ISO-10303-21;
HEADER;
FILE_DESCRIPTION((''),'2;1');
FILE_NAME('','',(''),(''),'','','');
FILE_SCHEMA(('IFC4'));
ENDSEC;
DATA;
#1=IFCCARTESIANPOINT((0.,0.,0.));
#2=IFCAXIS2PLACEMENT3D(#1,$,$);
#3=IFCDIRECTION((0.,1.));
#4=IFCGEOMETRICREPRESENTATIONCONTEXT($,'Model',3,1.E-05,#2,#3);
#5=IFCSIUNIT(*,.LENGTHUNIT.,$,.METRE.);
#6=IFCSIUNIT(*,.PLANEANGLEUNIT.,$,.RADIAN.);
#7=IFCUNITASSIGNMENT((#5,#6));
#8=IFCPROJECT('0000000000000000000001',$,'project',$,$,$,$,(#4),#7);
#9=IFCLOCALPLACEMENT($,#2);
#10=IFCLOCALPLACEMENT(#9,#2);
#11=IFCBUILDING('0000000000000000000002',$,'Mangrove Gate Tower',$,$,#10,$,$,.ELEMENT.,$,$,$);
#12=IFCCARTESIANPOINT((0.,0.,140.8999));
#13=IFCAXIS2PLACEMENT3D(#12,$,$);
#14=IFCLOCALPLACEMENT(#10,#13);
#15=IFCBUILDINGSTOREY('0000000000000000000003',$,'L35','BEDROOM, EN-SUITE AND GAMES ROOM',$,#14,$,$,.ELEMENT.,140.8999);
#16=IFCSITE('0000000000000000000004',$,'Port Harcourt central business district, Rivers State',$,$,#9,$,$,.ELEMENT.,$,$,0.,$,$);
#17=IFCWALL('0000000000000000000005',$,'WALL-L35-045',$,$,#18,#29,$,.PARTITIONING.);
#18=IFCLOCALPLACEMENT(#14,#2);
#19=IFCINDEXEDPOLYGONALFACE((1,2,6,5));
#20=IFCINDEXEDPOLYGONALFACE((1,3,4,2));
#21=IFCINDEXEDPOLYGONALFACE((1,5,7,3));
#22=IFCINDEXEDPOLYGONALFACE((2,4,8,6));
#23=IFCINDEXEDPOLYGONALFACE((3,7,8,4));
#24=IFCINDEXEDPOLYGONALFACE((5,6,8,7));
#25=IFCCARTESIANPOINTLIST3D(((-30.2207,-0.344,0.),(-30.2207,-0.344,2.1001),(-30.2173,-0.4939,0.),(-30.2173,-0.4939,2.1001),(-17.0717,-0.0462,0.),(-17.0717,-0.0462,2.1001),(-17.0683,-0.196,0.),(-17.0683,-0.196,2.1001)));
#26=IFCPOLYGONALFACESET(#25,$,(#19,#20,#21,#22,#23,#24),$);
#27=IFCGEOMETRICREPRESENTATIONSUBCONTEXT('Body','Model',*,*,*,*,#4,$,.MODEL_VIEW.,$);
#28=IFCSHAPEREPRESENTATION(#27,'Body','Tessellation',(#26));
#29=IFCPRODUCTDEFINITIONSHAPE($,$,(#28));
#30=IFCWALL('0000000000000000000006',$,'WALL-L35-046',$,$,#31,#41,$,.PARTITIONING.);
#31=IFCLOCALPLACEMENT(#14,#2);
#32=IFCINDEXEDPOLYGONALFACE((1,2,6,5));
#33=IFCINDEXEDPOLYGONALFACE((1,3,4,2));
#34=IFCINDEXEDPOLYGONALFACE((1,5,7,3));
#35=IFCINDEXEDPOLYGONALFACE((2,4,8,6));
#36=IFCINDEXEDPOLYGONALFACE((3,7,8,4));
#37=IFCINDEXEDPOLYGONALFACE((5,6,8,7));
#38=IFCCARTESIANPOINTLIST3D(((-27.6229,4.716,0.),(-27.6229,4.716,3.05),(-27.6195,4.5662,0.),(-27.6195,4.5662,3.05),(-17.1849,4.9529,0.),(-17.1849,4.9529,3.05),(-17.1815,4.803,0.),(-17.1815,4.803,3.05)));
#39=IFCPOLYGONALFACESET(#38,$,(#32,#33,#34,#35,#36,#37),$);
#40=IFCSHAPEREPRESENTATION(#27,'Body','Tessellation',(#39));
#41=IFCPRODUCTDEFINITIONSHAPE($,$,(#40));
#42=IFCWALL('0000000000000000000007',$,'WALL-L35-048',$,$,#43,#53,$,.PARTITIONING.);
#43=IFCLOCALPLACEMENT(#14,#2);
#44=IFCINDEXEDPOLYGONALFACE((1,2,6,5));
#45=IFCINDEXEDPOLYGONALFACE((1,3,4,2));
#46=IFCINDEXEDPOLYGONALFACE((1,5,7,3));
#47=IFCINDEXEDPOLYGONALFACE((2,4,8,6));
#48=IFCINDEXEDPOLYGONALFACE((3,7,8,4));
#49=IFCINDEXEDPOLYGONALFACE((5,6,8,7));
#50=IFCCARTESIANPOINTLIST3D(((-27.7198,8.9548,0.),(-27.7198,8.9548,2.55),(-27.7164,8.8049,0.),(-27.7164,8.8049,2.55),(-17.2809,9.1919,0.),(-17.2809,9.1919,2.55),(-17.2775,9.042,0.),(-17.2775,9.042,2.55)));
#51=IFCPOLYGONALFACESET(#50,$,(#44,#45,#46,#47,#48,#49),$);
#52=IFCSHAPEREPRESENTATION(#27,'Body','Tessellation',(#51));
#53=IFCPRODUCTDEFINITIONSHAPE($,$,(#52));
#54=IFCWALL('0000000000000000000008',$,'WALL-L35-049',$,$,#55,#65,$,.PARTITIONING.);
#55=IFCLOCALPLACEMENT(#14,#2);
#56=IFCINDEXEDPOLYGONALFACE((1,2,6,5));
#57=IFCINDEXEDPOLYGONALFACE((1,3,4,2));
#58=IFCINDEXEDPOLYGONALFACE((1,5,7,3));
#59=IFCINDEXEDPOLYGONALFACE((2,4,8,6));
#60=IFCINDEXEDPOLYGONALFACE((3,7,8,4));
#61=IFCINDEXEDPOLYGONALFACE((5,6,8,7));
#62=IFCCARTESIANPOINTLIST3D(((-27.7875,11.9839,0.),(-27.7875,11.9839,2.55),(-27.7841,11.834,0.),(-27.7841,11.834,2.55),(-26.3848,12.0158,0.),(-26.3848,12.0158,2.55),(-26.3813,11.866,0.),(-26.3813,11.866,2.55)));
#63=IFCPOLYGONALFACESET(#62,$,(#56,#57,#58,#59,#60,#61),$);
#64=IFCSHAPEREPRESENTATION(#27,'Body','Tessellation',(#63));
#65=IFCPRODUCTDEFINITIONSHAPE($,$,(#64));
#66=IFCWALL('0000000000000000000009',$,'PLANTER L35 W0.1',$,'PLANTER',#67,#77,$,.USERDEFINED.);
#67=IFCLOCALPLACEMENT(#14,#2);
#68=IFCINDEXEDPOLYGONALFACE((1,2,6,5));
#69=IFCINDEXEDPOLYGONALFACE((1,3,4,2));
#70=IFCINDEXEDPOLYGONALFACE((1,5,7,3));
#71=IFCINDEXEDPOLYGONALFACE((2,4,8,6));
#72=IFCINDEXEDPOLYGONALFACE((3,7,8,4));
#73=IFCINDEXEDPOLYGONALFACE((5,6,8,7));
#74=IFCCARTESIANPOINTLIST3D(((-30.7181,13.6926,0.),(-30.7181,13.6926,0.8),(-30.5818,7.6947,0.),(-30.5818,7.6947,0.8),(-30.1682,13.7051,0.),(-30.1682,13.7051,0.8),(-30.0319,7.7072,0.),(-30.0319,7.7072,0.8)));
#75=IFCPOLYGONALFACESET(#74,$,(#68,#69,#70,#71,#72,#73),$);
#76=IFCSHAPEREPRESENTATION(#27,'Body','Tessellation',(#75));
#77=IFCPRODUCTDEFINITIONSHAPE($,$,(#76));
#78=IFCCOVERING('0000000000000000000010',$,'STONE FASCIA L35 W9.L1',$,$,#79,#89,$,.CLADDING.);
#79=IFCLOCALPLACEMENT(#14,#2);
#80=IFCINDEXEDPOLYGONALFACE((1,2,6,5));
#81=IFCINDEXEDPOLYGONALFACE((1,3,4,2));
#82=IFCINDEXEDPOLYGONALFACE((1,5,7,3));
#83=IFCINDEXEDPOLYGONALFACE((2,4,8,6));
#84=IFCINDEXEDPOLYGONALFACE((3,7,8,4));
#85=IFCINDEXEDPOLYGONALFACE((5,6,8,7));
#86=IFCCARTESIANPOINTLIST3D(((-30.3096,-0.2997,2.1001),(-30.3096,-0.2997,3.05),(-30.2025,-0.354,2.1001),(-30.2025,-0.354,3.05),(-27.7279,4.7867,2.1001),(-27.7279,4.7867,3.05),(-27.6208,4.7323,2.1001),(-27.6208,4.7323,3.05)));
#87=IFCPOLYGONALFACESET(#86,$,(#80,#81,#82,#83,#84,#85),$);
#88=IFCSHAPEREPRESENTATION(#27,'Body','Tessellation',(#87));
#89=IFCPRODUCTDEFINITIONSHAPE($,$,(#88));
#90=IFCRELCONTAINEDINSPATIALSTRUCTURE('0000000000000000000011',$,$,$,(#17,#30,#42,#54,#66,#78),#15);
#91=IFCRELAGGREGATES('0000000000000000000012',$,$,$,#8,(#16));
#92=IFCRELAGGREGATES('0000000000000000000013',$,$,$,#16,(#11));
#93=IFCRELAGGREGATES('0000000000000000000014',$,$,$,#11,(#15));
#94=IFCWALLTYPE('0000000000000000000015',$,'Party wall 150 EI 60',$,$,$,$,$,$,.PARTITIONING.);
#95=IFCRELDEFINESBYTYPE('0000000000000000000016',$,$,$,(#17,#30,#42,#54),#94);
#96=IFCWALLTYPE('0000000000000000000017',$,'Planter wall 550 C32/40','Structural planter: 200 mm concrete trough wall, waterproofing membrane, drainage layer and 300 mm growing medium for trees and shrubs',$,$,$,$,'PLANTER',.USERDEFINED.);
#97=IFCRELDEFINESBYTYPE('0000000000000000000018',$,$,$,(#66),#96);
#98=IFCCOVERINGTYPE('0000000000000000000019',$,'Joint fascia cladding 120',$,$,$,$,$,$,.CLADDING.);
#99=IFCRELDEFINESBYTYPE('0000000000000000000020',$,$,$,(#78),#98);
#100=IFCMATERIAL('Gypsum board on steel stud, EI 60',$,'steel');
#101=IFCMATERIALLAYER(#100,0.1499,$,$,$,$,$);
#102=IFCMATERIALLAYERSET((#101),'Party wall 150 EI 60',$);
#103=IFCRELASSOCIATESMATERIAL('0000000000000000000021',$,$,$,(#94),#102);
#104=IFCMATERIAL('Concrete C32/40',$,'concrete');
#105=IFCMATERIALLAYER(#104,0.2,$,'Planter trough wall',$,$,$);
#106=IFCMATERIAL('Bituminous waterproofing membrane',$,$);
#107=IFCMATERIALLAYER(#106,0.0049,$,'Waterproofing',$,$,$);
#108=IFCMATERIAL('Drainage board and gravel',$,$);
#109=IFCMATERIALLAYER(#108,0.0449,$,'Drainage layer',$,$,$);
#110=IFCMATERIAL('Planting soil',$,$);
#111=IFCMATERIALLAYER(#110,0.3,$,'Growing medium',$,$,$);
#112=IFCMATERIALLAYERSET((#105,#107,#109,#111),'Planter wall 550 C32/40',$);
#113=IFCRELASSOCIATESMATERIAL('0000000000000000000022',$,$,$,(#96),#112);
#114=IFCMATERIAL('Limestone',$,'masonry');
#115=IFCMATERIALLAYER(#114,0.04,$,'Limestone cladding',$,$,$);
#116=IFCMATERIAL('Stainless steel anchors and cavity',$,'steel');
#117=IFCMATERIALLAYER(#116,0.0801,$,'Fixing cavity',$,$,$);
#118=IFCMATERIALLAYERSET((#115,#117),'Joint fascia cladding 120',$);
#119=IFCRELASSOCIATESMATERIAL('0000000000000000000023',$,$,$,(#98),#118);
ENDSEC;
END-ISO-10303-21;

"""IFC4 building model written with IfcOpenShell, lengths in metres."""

from ifc_helpers import new_model, si_unit, direction, frame, frame_2d, origin, place, context, subcontext, project, spatial, rectangle, extrude, material, layer, layer_set, type_object, element, save


model = new_model("IFC4")

# Units and contexts
model_context = context("Model", 3, precision=1e-05, world=origin(), true_north=direction((0.0, 1.0)))
body_context = subcontext(model_context, "Body", "Model", "MODEL_VIEW")
ifc_project = project(units=[si_unit("LENGTHUNIT", "METRE"), si_unit("PLANEANGLEUNIT", "RADIAN")], contexts=[model_context])

# Site, building, storey
site_placement = place(None, origin())
site = spatial("IfcSite", under=ifc_project, at=site_placement, Name="Port Harcourt central business district, Rivers State", CompositionType="ELEMENT", RefElevation=0.0)
building_placement = place(site_placement, origin())
building = spatial("IfcBuilding", under=site, at=building_placement, Name="Mangrove Gate Tower", CompositionType="ELEMENT")
storey_placement = place(building_placement, frame((0.0, 0.0, 140.8999)))
storey = spatial("IfcBuildingStorey", under=building, at=storey_placement, Name="L35", Description="BEDROOM, EN-SUITE AND GAMES ROOM", CompositionType="ELEMENT", Elevation=140.8999)

# Shared definitions
ifc_material_1 = material(Name="Limestone", Category="masonry")

# Walls
ifc_material_2 = material(Name="Gypsum board on steel stud, EI 60", Category="steel")
ifc_layer_1 = layer(ifc_material_2, 0.1499)
ifc_layer_set_1 = layer_set([ifc_layer_1], Name="Party wall 150 EI 60")
wall_type_1 = type_object("IfcWallType", Name="Party wall 150 EI 60", PredefinedType="PARTITIONING", material=ifc_layer_set_1)
wall_1_placement = place(storey_placement, frame((-30.219, -0.4189, 0.0), z_axis=(0.0, 0.0, 1.0), x_axis=(0.999744, 0.022646, 0.0)))
element("IfcWall", 1, at=wall_1_placement, inside=storey, type_object=wall_type_1, Name="WALL-L35-045", PredefinedType="PARTITIONING", context=body_context, shape_type="SweptSolid", body=[
    extrude(rectangle(XDim=13.1523, YDim=0.1499, at=frame_2d((6.5762, 0.0))), origin(), (0.0, 0.0, 1.0), 2.1001),
])
wall_2_placement = place(storey_placement, frame((-27.6211, 4.6411, 0.0), z_axis=(0.0, 0.0, 1.0), x_axis=(0.999743, 0.022682, 0.0)))
element("IfcWall", 2, at=wall_2_placement, inside=storey, type_object=wall_type_1, Name="WALL-L35-046", PredefinedType="PARTITIONING", context=body_context, shape_type="SweptSolid", body=[
    extrude(rectangle(XDim=10.4407, YDim=0.1499, at=frame_2d((5.2202, 0.0))), origin(), (0.0, 0.0, 1.0), 3.05),
])
wall_3_placement = place(storey_placement, frame((-27.718, 8.8799, 0.0), z_axis=(0.0, 0.0, 1.0), x_axis=(0.999742, 0.022703, 0.0)))
element("IfcWall", 3, at=wall_3_placement, inside=storey, type_object=wall_type_1, Name="WALL-L35-048", PredefinedType="PARTITIONING", context=body_context, shape_type="SweptSolid", body=[
    extrude(rectangle(XDim=10.4417, YDim=0.1499, at=frame_2d((5.2207, 0.0))), origin(), (0.0, 0.0, 1.0), 2.55),
])
wall_4_placement = place(storey_placement, frame((-27.7859, 11.9089, 0.0), z_axis=(0.0, 0.0, 1.0), x_axis=(0.99974, 0.022793, 0.0)))
element("IfcWall", 4, at=wall_4_placement, inside=storey, type_object=wall_type_1, Name="WALL-L35-049", PredefinedType="PARTITIONING", context=body_context, shape_type="SweptSolid", body=[
    extrude(rectangle(XDim=1.4031, YDim=0.1499, at=frame_2d((0.7017, 0.0))), origin(), (0.0, 0.0, 1.0), 2.55),
])
ifc_material_3 = material(Name="Concrete C32/40", Category="concrete")
ifc_layer_2 = layer(ifc_material_3, 0.2, Name="Planter trough wall")
ifc_material_4 = material(Name="Bituminous waterproofing membrane")
ifc_layer_3 = layer(ifc_material_4, 0.0049, Name="Waterproofing")
ifc_material_5 = material(Name="Drainage board and gravel")
ifc_layer_4 = layer(ifc_material_5, 0.0449, Name="Drainage layer")
ifc_material_6 = material(Name="Planting soil")
ifc_layer_5 = layer(ifc_material_6, 0.3, Name="Growing medium")
ifc_layer_set_2 = layer_set([ifc_layer_2, ifc_layer_3, ifc_layer_4, ifc_layer_5], Name="Planter wall 550 C32/40")
wall_type_2 = type_object("IfcWallType", Name="Planter wall 550 C32/40", Description="Structural planter: 200 mm concrete trough wall, waterproofing membrane, drainage layer and 300 mm growing medium for trees and shrubs", ElementType="PLANTER", PredefinedType="USERDEFINED", material=ifc_layer_set_2)
wall_5_placement = place(storey_placement, frame((-30.3069, 7.7009, 0.0), z_axis=(0.0, 0.0, 1.0), x_axis=(-0.022707, 0.999742, 0.0)))
element("IfcWall", 5, at=wall_5_placement, inside=storey, type_object=wall_type_2, Name="PLANTER L35 W0.1", ObjectType="PLANTER", PredefinedType="USERDEFINED", context=body_context, shape_type="SweptSolid", body=[
    extrude(rectangle(XDim=5.9995, YDim=0.55, at=frame_2d((2.9998, 0.0))), origin(), (0.0, 0.0, 1.0), 0.8),
])

# Covering
ifc_layer_6 = layer(ifc_material_1, 0.04, Name="Limestone cladding")
ifc_material_7 = material(Name="Stainless steel anchors and cavity", Category="steel")
ifc_layer_7 = layer(ifc_material_7, 0.0801, Name="Fixing cavity")
ifc_layer_set_3 = layer_set([ifc_layer_6, ifc_layer_7], Name="Joint fascia cladding 120")
covering_type = type_object("IfcCoveringType", Name="Joint fascia cladding 120", PredefinedType="CLADDING", material=ifc_layer_set_3)
covering_placement = place(storey_placement, frame((-27.6743, 4.7595, 2.1001), z_axis=(0.0, 0.0, 1.0), x_axis=(-0.452615, -0.891706, 0.0)))
element("IfcCovering", 6, at=covering_placement, inside=storey, type_object=covering_type, Name="STONE FASCIA L35 W9.L1", PredefinedType="CLADDING", context=body_context, shape_type="SweptSolid", body=[
    extrude(rectangle(XDim=5.7041, YDim=0.1201, at=frame_2d((2.8521, 0.0))), origin(), (0.0, 0.0, 1.0), 0.95),
])

save(model, "model.ifc")
